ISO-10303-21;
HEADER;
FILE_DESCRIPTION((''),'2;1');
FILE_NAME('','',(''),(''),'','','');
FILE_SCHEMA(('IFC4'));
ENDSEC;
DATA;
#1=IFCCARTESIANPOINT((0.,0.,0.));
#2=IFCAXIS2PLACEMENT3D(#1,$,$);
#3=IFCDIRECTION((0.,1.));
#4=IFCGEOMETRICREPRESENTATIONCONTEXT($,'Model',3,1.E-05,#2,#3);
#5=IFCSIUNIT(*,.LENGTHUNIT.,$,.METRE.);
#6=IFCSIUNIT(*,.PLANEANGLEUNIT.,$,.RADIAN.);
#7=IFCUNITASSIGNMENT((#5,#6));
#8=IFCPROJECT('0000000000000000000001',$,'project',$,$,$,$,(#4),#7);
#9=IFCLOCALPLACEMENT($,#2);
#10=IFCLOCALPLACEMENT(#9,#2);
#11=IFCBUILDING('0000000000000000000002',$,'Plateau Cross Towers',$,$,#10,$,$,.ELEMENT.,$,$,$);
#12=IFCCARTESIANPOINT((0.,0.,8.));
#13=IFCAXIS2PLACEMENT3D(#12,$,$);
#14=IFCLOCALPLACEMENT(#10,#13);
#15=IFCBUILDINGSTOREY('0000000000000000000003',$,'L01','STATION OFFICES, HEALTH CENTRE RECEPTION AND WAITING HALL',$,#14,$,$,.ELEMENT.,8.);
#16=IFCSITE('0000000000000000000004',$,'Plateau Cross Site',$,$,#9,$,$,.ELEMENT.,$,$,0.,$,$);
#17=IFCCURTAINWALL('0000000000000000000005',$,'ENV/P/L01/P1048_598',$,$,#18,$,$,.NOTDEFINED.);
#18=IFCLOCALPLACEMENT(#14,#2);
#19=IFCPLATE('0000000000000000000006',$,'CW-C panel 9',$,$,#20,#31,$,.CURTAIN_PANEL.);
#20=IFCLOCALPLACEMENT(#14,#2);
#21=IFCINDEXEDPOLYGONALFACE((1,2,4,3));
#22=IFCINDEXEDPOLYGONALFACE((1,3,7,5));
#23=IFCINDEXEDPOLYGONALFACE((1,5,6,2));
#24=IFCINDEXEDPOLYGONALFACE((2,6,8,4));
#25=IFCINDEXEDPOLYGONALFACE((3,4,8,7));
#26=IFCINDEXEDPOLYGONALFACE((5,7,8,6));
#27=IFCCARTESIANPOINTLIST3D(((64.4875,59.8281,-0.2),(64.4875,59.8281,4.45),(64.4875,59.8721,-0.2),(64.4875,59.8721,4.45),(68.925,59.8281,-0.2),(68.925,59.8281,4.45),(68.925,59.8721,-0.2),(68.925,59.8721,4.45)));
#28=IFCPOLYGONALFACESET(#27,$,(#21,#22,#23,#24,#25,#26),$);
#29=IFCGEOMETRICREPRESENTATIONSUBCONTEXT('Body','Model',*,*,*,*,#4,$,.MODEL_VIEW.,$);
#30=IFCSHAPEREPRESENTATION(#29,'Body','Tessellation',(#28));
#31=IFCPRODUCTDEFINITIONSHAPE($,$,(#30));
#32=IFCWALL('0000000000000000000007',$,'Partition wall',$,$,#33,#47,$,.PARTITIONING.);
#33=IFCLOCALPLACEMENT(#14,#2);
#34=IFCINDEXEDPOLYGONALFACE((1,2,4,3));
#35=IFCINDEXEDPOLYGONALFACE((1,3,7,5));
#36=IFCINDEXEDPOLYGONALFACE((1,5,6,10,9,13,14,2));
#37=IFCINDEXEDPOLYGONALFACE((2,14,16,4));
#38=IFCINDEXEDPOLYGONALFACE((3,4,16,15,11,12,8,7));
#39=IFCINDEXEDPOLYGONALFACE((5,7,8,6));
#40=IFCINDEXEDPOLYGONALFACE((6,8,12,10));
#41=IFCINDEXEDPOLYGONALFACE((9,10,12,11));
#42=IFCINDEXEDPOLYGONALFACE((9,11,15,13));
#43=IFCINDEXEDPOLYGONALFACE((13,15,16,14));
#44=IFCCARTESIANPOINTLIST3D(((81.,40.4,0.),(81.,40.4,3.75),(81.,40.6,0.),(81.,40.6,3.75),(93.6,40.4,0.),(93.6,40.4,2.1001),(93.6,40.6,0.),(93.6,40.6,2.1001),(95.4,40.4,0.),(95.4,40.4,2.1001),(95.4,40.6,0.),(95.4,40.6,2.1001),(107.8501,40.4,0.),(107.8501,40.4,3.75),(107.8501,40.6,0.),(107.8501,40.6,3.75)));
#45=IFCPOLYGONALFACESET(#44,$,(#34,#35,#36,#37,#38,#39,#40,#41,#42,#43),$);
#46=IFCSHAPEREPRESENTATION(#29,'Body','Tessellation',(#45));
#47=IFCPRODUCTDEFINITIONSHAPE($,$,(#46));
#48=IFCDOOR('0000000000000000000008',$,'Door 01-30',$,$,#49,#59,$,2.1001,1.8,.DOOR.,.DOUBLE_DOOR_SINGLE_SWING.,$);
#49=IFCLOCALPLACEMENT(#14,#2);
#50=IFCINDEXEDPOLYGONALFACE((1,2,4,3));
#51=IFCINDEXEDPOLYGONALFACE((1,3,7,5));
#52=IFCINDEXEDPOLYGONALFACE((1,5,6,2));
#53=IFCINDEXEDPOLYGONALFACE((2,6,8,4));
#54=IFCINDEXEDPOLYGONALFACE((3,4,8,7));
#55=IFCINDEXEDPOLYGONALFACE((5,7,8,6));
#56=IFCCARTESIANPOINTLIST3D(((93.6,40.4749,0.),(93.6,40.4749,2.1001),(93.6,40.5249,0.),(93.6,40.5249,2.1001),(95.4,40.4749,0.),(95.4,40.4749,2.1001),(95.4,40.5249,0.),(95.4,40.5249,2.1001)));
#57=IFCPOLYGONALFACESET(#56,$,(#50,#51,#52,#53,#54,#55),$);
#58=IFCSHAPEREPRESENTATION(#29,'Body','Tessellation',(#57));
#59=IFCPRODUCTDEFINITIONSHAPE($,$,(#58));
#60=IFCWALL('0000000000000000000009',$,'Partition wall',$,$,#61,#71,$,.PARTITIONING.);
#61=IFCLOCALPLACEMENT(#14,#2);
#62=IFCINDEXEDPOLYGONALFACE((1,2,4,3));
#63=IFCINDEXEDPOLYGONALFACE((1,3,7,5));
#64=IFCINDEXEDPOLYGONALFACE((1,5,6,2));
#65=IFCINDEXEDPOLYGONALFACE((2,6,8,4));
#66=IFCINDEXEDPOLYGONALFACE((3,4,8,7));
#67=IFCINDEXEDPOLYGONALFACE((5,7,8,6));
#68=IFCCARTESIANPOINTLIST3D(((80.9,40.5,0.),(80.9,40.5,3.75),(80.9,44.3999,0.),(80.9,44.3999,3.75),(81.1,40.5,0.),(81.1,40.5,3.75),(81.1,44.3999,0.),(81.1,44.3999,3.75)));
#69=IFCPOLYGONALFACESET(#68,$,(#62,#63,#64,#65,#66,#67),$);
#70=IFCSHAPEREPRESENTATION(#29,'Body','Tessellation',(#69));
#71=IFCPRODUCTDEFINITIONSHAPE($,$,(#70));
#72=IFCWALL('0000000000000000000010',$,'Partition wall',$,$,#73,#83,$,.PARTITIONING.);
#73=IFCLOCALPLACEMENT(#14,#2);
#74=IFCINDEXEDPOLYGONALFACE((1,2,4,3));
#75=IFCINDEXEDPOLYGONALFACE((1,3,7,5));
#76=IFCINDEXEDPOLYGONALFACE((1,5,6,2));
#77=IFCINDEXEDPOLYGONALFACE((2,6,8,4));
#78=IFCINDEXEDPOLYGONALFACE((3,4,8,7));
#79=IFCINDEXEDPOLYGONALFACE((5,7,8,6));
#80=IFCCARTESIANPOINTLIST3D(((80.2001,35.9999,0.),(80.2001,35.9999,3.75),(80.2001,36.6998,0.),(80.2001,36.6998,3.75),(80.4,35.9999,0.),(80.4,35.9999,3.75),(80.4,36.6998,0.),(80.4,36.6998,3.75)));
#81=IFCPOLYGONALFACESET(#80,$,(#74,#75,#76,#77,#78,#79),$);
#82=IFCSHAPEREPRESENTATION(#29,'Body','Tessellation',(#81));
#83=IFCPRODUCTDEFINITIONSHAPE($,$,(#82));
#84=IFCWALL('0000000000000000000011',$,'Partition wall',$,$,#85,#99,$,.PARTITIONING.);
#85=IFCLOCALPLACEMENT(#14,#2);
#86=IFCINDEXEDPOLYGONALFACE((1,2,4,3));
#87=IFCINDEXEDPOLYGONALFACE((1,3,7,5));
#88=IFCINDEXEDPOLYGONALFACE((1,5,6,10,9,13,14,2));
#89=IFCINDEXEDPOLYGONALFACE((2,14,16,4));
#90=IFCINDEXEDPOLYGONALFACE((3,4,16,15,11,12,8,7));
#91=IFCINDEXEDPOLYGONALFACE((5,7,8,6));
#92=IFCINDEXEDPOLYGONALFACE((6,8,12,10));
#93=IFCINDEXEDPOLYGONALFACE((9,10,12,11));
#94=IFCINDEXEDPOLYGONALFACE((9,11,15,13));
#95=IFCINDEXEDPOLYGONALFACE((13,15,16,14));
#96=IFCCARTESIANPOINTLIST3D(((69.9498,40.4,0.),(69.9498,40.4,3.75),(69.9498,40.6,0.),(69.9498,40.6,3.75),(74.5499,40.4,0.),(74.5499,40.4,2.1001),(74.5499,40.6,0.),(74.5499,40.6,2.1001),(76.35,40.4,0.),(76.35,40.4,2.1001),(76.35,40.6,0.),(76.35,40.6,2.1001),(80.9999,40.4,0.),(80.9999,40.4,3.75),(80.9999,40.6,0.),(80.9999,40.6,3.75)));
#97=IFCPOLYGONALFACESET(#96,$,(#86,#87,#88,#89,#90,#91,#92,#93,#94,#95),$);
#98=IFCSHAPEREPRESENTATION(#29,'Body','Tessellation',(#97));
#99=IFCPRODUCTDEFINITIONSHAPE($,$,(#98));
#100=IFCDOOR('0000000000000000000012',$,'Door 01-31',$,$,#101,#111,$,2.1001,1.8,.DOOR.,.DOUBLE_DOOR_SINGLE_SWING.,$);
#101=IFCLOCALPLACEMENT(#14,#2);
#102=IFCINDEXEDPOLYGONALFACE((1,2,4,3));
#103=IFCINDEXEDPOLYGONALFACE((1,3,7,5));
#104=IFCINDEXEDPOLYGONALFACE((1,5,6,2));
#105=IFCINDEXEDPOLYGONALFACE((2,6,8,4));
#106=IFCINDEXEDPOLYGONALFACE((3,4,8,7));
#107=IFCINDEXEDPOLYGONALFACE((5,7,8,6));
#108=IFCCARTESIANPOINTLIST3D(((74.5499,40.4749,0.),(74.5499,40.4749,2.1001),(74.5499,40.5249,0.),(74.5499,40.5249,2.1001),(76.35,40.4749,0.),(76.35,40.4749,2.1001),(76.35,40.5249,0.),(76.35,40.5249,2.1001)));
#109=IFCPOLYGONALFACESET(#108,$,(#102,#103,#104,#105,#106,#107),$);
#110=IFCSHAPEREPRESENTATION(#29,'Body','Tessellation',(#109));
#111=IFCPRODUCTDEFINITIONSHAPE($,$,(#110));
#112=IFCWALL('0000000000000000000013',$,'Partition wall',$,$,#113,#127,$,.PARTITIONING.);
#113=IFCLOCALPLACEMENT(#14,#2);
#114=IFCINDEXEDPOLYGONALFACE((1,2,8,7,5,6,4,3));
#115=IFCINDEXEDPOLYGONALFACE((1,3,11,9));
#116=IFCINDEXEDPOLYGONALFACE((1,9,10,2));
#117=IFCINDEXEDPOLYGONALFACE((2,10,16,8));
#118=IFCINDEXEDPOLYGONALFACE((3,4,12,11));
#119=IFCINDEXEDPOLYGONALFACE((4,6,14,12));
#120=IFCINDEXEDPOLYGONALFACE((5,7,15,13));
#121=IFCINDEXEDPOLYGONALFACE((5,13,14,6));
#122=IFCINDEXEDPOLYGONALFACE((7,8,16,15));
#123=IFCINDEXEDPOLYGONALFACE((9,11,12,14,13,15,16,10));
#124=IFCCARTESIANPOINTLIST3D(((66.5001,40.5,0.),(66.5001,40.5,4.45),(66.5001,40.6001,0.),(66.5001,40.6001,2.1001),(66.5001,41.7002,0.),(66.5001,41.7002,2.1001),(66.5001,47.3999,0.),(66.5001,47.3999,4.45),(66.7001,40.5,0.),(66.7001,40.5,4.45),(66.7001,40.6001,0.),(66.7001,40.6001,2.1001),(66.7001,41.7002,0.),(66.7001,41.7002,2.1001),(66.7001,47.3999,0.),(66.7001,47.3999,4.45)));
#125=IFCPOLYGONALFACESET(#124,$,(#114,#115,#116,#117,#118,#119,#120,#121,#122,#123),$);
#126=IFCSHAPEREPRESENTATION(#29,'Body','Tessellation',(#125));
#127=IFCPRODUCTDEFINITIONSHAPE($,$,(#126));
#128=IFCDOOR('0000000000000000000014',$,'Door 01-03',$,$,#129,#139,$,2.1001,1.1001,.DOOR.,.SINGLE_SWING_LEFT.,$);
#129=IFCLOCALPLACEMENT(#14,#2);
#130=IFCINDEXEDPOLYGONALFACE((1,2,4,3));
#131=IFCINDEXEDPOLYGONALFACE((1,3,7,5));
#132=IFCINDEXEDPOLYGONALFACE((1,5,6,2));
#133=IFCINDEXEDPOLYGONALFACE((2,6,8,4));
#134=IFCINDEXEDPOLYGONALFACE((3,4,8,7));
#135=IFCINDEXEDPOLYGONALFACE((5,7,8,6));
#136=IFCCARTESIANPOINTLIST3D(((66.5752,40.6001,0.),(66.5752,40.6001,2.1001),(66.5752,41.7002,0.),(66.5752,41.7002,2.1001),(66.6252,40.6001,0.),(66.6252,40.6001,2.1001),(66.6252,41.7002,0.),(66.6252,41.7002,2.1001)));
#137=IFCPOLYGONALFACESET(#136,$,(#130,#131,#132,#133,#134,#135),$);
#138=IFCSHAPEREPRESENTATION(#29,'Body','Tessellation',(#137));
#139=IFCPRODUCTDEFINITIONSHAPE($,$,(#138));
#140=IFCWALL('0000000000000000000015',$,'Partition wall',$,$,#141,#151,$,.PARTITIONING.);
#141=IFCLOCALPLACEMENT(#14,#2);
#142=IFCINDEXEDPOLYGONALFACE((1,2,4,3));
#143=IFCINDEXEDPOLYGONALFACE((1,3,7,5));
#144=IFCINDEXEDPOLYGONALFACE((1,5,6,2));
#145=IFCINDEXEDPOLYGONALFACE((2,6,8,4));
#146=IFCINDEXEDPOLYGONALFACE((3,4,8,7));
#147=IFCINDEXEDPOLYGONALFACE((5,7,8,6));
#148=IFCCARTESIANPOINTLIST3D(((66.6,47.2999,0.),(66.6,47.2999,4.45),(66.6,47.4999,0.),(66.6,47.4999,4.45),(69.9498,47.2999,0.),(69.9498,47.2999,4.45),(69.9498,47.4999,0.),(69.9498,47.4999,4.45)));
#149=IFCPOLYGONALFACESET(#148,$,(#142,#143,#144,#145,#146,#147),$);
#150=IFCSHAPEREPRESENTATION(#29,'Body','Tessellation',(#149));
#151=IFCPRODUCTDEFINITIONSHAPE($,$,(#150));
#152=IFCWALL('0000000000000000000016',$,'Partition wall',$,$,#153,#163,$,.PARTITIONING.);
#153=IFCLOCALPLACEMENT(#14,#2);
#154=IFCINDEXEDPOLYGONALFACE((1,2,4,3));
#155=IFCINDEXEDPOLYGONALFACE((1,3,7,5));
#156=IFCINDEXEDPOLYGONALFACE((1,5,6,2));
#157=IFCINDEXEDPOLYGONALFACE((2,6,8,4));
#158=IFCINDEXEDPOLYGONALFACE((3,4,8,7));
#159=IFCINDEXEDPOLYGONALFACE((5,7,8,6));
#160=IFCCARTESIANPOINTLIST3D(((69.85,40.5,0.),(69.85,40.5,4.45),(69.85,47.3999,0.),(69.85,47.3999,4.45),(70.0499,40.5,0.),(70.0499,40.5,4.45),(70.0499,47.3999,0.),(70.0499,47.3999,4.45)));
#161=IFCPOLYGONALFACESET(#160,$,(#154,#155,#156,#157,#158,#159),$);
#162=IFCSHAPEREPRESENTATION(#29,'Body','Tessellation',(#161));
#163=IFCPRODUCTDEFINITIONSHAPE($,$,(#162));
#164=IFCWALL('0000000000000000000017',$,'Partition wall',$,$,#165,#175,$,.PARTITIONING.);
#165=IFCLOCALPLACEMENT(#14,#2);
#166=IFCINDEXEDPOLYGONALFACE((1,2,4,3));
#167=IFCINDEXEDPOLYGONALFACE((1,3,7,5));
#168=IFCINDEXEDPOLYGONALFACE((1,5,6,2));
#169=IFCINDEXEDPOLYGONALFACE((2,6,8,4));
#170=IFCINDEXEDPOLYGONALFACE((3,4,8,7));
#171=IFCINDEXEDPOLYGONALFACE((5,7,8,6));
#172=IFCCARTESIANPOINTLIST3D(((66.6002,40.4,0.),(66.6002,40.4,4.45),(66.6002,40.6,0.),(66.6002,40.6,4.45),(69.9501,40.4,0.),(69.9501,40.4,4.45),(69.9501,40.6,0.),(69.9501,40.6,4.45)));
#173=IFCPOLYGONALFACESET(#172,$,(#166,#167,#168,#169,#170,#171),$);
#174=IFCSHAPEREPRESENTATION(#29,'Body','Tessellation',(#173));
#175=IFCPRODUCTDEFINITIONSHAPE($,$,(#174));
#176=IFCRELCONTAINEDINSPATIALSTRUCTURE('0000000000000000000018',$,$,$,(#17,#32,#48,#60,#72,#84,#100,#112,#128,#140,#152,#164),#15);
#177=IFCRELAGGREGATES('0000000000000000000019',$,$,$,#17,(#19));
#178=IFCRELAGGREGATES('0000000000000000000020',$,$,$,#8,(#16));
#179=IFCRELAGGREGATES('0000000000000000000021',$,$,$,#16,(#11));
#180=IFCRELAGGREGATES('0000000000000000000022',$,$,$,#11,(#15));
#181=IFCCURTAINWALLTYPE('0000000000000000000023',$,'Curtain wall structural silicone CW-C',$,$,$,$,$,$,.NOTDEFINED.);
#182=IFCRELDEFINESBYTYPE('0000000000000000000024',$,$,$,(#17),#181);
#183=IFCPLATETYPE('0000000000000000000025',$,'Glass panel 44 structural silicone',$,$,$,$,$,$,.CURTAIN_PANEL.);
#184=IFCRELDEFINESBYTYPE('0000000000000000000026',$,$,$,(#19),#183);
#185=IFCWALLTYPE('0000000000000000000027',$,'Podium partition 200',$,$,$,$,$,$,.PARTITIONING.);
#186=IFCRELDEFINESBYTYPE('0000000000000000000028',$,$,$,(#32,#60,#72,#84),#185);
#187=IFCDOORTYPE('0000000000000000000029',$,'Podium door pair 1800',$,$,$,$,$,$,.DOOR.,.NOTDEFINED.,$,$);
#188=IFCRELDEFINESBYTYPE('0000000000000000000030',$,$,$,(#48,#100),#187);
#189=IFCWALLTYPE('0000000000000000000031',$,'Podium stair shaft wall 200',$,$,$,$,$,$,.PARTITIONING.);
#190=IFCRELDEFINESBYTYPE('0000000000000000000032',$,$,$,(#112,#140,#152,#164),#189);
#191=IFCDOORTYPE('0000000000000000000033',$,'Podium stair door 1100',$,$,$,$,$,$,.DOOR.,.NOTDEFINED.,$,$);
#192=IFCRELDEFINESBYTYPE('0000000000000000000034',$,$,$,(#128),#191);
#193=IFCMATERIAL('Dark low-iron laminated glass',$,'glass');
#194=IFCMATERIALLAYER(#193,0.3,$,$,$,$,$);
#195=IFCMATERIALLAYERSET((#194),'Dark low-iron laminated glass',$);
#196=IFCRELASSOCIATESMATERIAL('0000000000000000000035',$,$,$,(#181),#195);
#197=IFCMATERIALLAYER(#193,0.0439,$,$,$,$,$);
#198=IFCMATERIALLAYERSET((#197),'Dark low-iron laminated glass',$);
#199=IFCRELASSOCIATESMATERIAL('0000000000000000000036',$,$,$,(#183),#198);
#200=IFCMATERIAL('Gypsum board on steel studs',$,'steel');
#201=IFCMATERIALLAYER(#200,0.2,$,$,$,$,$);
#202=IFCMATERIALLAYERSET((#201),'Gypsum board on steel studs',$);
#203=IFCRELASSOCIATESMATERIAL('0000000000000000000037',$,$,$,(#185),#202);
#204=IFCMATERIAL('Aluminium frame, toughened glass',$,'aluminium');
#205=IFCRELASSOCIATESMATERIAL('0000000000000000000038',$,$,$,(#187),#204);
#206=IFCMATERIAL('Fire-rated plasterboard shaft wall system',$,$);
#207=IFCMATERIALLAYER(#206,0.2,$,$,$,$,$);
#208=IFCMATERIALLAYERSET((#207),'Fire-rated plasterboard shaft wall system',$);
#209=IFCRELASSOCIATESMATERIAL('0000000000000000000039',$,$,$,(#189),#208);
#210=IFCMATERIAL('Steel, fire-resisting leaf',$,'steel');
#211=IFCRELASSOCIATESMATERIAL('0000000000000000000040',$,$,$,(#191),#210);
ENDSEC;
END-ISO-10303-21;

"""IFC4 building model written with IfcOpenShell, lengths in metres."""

from ifc_helpers import new_model, si_unit, direction, frame, frame_2d, origin, origin_2d, place, context, subcontext, project, spatial, rectangle, extrude, material, layer, layer_set, type_object, element, fill, aggregate, save


model = new_model("IFC4")

# Units and contexts
model_context = context("Model", 3, precision=1e-05, world=origin(), true_north=direction((0.0, 1.0)))
body_context = subcontext(model_context, "Body", "Model", "MODEL_VIEW")
ifc_project = project(units=[si_unit("LENGTHUNIT", "METRE"), si_unit("PLANEANGLEUNIT", "RADIAN")], contexts=[model_context])

# Site, building, storey
site_placement = place(None, origin())
site = spatial("IfcSite", under=ifc_project, at=site_placement, Name="Plateau Cross Site", CompositionType="ELEMENT", RefElevation=0.0)
building_placement = place(site_placement, origin())
building = spatial("IfcBuilding", under=site, at=building_placement, Name="Plateau Cross Towers", CompositionType="ELEMENT")
storey_placement = place(building_placement, frame((0.0, 0.0, 8.0)))
storey = spatial("IfcBuildingStorey", under=building, at=storey_placement, Name="L01", Description="STATION OFFICES, HEALTH CENTRE RECEPTION AND WAITING HALL", CompositionType="ELEMENT", Elevation=8.0)

# Curtain wall
ifc_material_1 = material(Name="Dark low-iron laminated glass", Category="glass")
ifc_layer_1 = layer(ifc_material_1, 0.3)
ifc_layer_set_1 = layer_set([ifc_layer_1], Name="Dark low-iron laminated glass")
curtain_wall_type = type_object("IfcCurtainWallType", Name="Curtain wall structural silicone CW-C", PredefinedType="NOTDEFINED", material=ifc_layer_set_1)
curtain_wall_placement = place(storey_placement, origin())
curtain_wall = element("IfcCurtainWall", 1, at=curtain_wall_placement, inside=storey, type_object=curtain_wall_type, Name="ENV/P/L01/P1048_598", PredefinedType="NOTDEFINED")

# Plate
ifc_layer_2 = layer(ifc_material_1, 0.0439)
ifc_layer_set_2 = layer_set([ifc_layer_2], Name="Dark low-iron laminated glass")
plate_type = type_object("IfcPlateType", Name="Glass panel 44 structural silicone", PredefinedType="CURTAIN_PANEL", material=ifc_layer_set_2)
plate_1_placement = place(storey_placement, frame((66.7063, 59.8501, -0.2), z_axis=(0.0, 0.0, 1.0), x_axis=(-1.0, 0.0, 0.0)))
plate_1 = element("IfcPlate", 2, at=plate_1_placement, type_object=plate_type, Name="CW-C panel 9", PredefinedType="CURTAIN_PANEL", context=body_context, shape_type="SweptSolid", body=[
    extrude(rectangle(XDim=4.4375, YDim=0.0439, at=origin_2d()), origin(), (0.0, 0.0, 1.0), 4.6499),
])
aggregate(curtain_wall, [plate_1])

# Wall, opening, door
ifc_material_2 = material(Name="Gypsum board on steel studs", Category="steel")
ifc_layer_3 = layer(ifc_material_2, 0.2)
ifc_layer_set_3 = layer_set([ifc_layer_3], Name="Gypsum board on steel studs")
wall_type_1 = type_object("IfcWallType", Name="Podium partition 200", PredefinedType="PARTITIONING", material=ifc_layer_set_3)
wall_1_placement = place(storey_placement, frame((81.0, 40.5, 0.0), z_axis=(0.0, 0.0, 1.0), x_axis=(1.0, 0.0, 0.0)))
wall_1 = element("IfcWall", 3, at=wall_1_placement, inside=storey, type_object=wall_type_1, Name="Partition wall", PredefinedType="PARTITIONING", context=body_context, shape_type="SweptSolid", body=[
    extrude(rectangle(XDim=26.8501, YDim=0.2, at=frame_2d((13.425, 0.0))), origin(), (0.0, 0.0, 1.0), 3.75),
])
opening_1_placement = place(wall_1_placement, frame((12.6001, 0.0, 0.0)))
opening_1 = element("IfcOpeningElement", 4, at=opening_1_placement, cuts=wall_1, PredefinedType="OPENING", context=body_context, shape_type="SweptSolid", body=[
    extrude(rectangle(XDim=1.8, YDim=2.1001, at=frame_2d((0.8999, 1.05))), frame((0.0, 0.1099, 0.0), z_axis=(0.0, -1.0, 0.0), x_axis=(1.0, 0.0, 0.0)), (0.0, 0.0, 1.0), 0.22),
])
ifc_material_3 = material(Name="Aluminium frame, toughened glass", Category="aluminium")
door_type_1 = type_object("IfcDoorType", Name="Podium door pair 1800", OperationType="NOTDEFINED", PredefinedType="DOOR", material=ifc_material_3)
door_1_placement = place(opening_1_placement, origin())
door_1 = element("IfcDoor", 5, at=door_1_placement, inside=storey, type_object=door_type_1, Name="Door 01-30", OperationType="DOUBLE_DOOR_SINGLE_SWING", OverallHeight=2.1001, OverallWidth=1.8, PredefinedType="DOOR", context=body_context, shape_type="SweptSolid", body=[
    extrude(rectangle(XDim=1.8, YDim=2.1001, at=frame_2d((0.8999, 1.05))), frame((0.0, 0.0249, 0.0), z_axis=(0.0, -1.0, 0.0), x_axis=(1.0, 0.0, 0.0)), (0.0, 0.0, 1.0), 0.05),
])
fill(opening_1, door_1)

# Walls
wall_2_placement = place(storey_placement, frame((81.0, 44.3999, 0.0), z_axis=(0.0, 0.0, 1.0), x_axis=(0.0, -1.0, 0.0)))
element("IfcWall", 6, at=wall_2_placement, inside=storey, type_object=wall_type_1, Name="Partition wall", PredefinedType="PARTITIONING", context=body_context, shape_type="SweptSolid", body=[
    extrude(rectangle(XDim=3.8999, YDim=0.2, at=frame_2d((1.95, 0.0))), origin(), (0.0, 0.0, 1.0), 3.75),
])
wall_3_placement = place(storey_placement, frame((80.3, 36.7, 0.0), z_axis=(0.0, 0.0, 1.0), x_axis=(0.0, -1.0, 0.0)))
element("IfcWall", 7, at=wall_3_placement, inside=storey, type_object=wall_type_1, Name="Partition wall", PredefinedType="PARTITIONING", context=body_context, shape_type="SweptSolid", body=[
    extrude(rectangle(XDim=0.7, YDim=0.2, at=frame_2d((0.3501, 0.0))), origin(), (0.0, 0.0, 1.0), 3.75),
])

# Walls, openings, doors
wall_4_placement = place(storey_placement, frame((69.95, 40.5, 0.0), z_axis=(0.0, 0.0, 1.0), x_axis=(1.0, 0.0, 0.0)))
wall_4 = element("IfcWall", 8, at=wall_4_placement, inside=storey, type_object=wall_type_1, Name="Partition wall", PredefinedType="PARTITIONING", context=body_context, shape_type="SweptSolid", body=[
    extrude(rectangle(XDim=11.05, YDim=0.2, at=frame_2d((5.5249, 0.0))), origin(), (0.0, 0.0, 1.0), 3.75),
])
opening_2_placement = place(wall_4_placement, frame((4.6001, 0.0, 0.0)))
opening_2 = element("IfcOpeningElement", 9, at=opening_2_placement, cuts=wall_4, PredefinedType="OPENING", context=body_context, shape_type="SweptSolid", body=[
    extrude(rectangle(XDim=1.8, YDim=2.1001, at=frame_2d((0.8999, 1.05))), frame((0.0, 0.1099, 0.0), z_axis=(0.0, -1.0, 0.0), x_axis=(1.0, 0.0, 0.0)), (0.0, 0.0, 1.0), 0.22),
])
door_2_placement = place(opening_2_placement, origin())
door_2 = element("IfcDoor", 10, at=door_2_placement, inside=storey, type_object=door_type_1, Name="Door 01-31", OperationType="DOUBLE_DOOR_SINGLE_SWING", OverallHeight=2.1001, OverallWidth=1.8, PredefinedType="DOOR", context=body_context, shape_type="SweptSolid", body=[
    extrude(rectangle(XDim=1.8, YDim=2.1001, at=frame_2d((0.8999, 1.05))), frame((0.0, 0.0249, 0.0), z_axis=(0.0, -1.0, 0.0), x_axis=(1.0, 0.0, 0.0)), (0.0, 0.0, 1.0), 0.05),
])
fill(opening_2, door_2)
ifc_material_4 = material(Name="Fire-rated plasterboard shaft wall system")
ifc_layer_4 = layer(ifc_material_4, 0.2)
ifc_layer_set_4 = layer_set([ifc_layer_4], Name="Fire-rated plasterboard shaft wall system")
wall_type_2 = type_object("IfcWallType", Name="Podium stair shaft wall 200", PredefinedType="PARTITIONING", material=ifc_layer_set_4)
wall_5_placement = place(storey_placement, frame((66.6001, 40.5, 0.0), z_axis=(0.0, 0.0, 1.0), x_axis=(0.0, 1.0, 0.0)))
wall_5 = element("IfcWall", 11, at=wall_5_placement, inside=storey, type_object=wall_type_2, Name="Partition wall", PredefinedType="PARTITIONING", context=body_context, shape_type="SweptSolid", body=[
    extrude(rectangle(XDim=6.8999, YDim=0.2, at=frame_2d((3.45, 0.0))), origin(), (0.0, 0.0, 1.0), 4.45),
])
opening_3_placement = place(wall_5_placement, frame((0.1001, 0.0, 0.0)))
opening_3 = element("IfcOpeningElement", 12, at=opening_3_placement, cuts=wall_5, PredefinedType="OPENING", context=body_context, shape_type="SweptSolid", body=[
    extrude(rectangle(XDim=1.1001, YDim=2.1001, at=frame_2d((0.55, 1.05))), frame((0.0, 0.1099, 0.0), z_axis=(0.0, -1.0, 0.0), x_axis=(1.0, 0.0, 0.0)), (0.0, 0.0, 1.0), 0.22),
])
ifc_material_5 = material(Name="Steel, fire-resisting leaf", Category="steel")
door_type_2 = type_object("IfcDoorType", Name="Podium stair door 1100", OperationType="NOTDEFINED", PredefinedType="DOOR", material=ifc_material_5)
door_3_placement = place(opening_3_placement, origin())
door_3 = element("IfcDoor", 13, at=door_3_placement, inside=storey, type_object=door_type_2, Name="Door 01-03", OperationType="SINGLE_SWING_LEFT", OverallHeight=2.1001, OverallWidth=1.1001, PredefinedType="DOOR", context=body_context, shape_type="SweptSolid", body=[
    extrude(rectangle(XDim=1.1001, YDim=2.1001, at=frame_2d((0.55, 1.05))), frame((0.0, 0.0249, 0.0), z_axis=(0.0, -1.0, 0.0), x_axis=(1.0, 0.0, 0.0)), (0.0, 0.0, 1.0), 0.05),
])
fill(opening_3, door_3)

# Walls
wall_6_placement = place(storey_placement, frame((66.6001, 47.3999, 0.0), z_axis=(0.0, 0.0, 1.0), x_axis=(1.0, 0.0, 0.0)))
element("IfcWall", 14, at=wall_6_placement, inside=storey, type_object=wall_type_2, Name="Partition wall", PredefinedType="PARTITIONING", context=body_context, shape_type="SweptSolid", body=[
    extrude(rectangle(XDim=3.3499, YDim=0.2, at=frame_2d((1.6748, 0.0))), origin(), (0.0, 0.0, 1.0), 4.45),
])
wall_7_placement = place(storey_placement, frame((69.95, 47.3999, 0.0), z_axis=(0.0, 0.0, 1.0), x_axis=(0.0, -1.0, 0.0)))
element("IfcWall", 15, at=wall_7_placement, inside=storey, type_object=wall_type_2, Name="Partition wall", PredefinedType="PARTITIONING", context=body_context, shape_type="SweptSolid", body=[
    extrude(rectangle(XDim=6.8999, YDim=0.2, at=frame_2d((3.45, 0.0))), origin(), (0.0, 0.0, 1.0), 4.45),
])
wall_8_placement = place(storey_placement, frame((69.95, 40.5, 0.0), z_axis=(0.0, 0.0, 1.0), x_axis=(-1.0, 0.0, 0.0)))
element("IfcWall", 16, at=wall_8_placement, inside=storey, type_object=wall_type_2, Name="Partition wall", PredefinedType="PARTITIONING", context=body_context, shape_type="SweptSolid", body=[
    extrude(rectangle(XDim=3.3499, YDim=0.2, at=frame_2d((1.6748, 0.0))), origin(), (0.0, 0.0, 1.0), 4.45),
])

save(model, "model.ifc")
